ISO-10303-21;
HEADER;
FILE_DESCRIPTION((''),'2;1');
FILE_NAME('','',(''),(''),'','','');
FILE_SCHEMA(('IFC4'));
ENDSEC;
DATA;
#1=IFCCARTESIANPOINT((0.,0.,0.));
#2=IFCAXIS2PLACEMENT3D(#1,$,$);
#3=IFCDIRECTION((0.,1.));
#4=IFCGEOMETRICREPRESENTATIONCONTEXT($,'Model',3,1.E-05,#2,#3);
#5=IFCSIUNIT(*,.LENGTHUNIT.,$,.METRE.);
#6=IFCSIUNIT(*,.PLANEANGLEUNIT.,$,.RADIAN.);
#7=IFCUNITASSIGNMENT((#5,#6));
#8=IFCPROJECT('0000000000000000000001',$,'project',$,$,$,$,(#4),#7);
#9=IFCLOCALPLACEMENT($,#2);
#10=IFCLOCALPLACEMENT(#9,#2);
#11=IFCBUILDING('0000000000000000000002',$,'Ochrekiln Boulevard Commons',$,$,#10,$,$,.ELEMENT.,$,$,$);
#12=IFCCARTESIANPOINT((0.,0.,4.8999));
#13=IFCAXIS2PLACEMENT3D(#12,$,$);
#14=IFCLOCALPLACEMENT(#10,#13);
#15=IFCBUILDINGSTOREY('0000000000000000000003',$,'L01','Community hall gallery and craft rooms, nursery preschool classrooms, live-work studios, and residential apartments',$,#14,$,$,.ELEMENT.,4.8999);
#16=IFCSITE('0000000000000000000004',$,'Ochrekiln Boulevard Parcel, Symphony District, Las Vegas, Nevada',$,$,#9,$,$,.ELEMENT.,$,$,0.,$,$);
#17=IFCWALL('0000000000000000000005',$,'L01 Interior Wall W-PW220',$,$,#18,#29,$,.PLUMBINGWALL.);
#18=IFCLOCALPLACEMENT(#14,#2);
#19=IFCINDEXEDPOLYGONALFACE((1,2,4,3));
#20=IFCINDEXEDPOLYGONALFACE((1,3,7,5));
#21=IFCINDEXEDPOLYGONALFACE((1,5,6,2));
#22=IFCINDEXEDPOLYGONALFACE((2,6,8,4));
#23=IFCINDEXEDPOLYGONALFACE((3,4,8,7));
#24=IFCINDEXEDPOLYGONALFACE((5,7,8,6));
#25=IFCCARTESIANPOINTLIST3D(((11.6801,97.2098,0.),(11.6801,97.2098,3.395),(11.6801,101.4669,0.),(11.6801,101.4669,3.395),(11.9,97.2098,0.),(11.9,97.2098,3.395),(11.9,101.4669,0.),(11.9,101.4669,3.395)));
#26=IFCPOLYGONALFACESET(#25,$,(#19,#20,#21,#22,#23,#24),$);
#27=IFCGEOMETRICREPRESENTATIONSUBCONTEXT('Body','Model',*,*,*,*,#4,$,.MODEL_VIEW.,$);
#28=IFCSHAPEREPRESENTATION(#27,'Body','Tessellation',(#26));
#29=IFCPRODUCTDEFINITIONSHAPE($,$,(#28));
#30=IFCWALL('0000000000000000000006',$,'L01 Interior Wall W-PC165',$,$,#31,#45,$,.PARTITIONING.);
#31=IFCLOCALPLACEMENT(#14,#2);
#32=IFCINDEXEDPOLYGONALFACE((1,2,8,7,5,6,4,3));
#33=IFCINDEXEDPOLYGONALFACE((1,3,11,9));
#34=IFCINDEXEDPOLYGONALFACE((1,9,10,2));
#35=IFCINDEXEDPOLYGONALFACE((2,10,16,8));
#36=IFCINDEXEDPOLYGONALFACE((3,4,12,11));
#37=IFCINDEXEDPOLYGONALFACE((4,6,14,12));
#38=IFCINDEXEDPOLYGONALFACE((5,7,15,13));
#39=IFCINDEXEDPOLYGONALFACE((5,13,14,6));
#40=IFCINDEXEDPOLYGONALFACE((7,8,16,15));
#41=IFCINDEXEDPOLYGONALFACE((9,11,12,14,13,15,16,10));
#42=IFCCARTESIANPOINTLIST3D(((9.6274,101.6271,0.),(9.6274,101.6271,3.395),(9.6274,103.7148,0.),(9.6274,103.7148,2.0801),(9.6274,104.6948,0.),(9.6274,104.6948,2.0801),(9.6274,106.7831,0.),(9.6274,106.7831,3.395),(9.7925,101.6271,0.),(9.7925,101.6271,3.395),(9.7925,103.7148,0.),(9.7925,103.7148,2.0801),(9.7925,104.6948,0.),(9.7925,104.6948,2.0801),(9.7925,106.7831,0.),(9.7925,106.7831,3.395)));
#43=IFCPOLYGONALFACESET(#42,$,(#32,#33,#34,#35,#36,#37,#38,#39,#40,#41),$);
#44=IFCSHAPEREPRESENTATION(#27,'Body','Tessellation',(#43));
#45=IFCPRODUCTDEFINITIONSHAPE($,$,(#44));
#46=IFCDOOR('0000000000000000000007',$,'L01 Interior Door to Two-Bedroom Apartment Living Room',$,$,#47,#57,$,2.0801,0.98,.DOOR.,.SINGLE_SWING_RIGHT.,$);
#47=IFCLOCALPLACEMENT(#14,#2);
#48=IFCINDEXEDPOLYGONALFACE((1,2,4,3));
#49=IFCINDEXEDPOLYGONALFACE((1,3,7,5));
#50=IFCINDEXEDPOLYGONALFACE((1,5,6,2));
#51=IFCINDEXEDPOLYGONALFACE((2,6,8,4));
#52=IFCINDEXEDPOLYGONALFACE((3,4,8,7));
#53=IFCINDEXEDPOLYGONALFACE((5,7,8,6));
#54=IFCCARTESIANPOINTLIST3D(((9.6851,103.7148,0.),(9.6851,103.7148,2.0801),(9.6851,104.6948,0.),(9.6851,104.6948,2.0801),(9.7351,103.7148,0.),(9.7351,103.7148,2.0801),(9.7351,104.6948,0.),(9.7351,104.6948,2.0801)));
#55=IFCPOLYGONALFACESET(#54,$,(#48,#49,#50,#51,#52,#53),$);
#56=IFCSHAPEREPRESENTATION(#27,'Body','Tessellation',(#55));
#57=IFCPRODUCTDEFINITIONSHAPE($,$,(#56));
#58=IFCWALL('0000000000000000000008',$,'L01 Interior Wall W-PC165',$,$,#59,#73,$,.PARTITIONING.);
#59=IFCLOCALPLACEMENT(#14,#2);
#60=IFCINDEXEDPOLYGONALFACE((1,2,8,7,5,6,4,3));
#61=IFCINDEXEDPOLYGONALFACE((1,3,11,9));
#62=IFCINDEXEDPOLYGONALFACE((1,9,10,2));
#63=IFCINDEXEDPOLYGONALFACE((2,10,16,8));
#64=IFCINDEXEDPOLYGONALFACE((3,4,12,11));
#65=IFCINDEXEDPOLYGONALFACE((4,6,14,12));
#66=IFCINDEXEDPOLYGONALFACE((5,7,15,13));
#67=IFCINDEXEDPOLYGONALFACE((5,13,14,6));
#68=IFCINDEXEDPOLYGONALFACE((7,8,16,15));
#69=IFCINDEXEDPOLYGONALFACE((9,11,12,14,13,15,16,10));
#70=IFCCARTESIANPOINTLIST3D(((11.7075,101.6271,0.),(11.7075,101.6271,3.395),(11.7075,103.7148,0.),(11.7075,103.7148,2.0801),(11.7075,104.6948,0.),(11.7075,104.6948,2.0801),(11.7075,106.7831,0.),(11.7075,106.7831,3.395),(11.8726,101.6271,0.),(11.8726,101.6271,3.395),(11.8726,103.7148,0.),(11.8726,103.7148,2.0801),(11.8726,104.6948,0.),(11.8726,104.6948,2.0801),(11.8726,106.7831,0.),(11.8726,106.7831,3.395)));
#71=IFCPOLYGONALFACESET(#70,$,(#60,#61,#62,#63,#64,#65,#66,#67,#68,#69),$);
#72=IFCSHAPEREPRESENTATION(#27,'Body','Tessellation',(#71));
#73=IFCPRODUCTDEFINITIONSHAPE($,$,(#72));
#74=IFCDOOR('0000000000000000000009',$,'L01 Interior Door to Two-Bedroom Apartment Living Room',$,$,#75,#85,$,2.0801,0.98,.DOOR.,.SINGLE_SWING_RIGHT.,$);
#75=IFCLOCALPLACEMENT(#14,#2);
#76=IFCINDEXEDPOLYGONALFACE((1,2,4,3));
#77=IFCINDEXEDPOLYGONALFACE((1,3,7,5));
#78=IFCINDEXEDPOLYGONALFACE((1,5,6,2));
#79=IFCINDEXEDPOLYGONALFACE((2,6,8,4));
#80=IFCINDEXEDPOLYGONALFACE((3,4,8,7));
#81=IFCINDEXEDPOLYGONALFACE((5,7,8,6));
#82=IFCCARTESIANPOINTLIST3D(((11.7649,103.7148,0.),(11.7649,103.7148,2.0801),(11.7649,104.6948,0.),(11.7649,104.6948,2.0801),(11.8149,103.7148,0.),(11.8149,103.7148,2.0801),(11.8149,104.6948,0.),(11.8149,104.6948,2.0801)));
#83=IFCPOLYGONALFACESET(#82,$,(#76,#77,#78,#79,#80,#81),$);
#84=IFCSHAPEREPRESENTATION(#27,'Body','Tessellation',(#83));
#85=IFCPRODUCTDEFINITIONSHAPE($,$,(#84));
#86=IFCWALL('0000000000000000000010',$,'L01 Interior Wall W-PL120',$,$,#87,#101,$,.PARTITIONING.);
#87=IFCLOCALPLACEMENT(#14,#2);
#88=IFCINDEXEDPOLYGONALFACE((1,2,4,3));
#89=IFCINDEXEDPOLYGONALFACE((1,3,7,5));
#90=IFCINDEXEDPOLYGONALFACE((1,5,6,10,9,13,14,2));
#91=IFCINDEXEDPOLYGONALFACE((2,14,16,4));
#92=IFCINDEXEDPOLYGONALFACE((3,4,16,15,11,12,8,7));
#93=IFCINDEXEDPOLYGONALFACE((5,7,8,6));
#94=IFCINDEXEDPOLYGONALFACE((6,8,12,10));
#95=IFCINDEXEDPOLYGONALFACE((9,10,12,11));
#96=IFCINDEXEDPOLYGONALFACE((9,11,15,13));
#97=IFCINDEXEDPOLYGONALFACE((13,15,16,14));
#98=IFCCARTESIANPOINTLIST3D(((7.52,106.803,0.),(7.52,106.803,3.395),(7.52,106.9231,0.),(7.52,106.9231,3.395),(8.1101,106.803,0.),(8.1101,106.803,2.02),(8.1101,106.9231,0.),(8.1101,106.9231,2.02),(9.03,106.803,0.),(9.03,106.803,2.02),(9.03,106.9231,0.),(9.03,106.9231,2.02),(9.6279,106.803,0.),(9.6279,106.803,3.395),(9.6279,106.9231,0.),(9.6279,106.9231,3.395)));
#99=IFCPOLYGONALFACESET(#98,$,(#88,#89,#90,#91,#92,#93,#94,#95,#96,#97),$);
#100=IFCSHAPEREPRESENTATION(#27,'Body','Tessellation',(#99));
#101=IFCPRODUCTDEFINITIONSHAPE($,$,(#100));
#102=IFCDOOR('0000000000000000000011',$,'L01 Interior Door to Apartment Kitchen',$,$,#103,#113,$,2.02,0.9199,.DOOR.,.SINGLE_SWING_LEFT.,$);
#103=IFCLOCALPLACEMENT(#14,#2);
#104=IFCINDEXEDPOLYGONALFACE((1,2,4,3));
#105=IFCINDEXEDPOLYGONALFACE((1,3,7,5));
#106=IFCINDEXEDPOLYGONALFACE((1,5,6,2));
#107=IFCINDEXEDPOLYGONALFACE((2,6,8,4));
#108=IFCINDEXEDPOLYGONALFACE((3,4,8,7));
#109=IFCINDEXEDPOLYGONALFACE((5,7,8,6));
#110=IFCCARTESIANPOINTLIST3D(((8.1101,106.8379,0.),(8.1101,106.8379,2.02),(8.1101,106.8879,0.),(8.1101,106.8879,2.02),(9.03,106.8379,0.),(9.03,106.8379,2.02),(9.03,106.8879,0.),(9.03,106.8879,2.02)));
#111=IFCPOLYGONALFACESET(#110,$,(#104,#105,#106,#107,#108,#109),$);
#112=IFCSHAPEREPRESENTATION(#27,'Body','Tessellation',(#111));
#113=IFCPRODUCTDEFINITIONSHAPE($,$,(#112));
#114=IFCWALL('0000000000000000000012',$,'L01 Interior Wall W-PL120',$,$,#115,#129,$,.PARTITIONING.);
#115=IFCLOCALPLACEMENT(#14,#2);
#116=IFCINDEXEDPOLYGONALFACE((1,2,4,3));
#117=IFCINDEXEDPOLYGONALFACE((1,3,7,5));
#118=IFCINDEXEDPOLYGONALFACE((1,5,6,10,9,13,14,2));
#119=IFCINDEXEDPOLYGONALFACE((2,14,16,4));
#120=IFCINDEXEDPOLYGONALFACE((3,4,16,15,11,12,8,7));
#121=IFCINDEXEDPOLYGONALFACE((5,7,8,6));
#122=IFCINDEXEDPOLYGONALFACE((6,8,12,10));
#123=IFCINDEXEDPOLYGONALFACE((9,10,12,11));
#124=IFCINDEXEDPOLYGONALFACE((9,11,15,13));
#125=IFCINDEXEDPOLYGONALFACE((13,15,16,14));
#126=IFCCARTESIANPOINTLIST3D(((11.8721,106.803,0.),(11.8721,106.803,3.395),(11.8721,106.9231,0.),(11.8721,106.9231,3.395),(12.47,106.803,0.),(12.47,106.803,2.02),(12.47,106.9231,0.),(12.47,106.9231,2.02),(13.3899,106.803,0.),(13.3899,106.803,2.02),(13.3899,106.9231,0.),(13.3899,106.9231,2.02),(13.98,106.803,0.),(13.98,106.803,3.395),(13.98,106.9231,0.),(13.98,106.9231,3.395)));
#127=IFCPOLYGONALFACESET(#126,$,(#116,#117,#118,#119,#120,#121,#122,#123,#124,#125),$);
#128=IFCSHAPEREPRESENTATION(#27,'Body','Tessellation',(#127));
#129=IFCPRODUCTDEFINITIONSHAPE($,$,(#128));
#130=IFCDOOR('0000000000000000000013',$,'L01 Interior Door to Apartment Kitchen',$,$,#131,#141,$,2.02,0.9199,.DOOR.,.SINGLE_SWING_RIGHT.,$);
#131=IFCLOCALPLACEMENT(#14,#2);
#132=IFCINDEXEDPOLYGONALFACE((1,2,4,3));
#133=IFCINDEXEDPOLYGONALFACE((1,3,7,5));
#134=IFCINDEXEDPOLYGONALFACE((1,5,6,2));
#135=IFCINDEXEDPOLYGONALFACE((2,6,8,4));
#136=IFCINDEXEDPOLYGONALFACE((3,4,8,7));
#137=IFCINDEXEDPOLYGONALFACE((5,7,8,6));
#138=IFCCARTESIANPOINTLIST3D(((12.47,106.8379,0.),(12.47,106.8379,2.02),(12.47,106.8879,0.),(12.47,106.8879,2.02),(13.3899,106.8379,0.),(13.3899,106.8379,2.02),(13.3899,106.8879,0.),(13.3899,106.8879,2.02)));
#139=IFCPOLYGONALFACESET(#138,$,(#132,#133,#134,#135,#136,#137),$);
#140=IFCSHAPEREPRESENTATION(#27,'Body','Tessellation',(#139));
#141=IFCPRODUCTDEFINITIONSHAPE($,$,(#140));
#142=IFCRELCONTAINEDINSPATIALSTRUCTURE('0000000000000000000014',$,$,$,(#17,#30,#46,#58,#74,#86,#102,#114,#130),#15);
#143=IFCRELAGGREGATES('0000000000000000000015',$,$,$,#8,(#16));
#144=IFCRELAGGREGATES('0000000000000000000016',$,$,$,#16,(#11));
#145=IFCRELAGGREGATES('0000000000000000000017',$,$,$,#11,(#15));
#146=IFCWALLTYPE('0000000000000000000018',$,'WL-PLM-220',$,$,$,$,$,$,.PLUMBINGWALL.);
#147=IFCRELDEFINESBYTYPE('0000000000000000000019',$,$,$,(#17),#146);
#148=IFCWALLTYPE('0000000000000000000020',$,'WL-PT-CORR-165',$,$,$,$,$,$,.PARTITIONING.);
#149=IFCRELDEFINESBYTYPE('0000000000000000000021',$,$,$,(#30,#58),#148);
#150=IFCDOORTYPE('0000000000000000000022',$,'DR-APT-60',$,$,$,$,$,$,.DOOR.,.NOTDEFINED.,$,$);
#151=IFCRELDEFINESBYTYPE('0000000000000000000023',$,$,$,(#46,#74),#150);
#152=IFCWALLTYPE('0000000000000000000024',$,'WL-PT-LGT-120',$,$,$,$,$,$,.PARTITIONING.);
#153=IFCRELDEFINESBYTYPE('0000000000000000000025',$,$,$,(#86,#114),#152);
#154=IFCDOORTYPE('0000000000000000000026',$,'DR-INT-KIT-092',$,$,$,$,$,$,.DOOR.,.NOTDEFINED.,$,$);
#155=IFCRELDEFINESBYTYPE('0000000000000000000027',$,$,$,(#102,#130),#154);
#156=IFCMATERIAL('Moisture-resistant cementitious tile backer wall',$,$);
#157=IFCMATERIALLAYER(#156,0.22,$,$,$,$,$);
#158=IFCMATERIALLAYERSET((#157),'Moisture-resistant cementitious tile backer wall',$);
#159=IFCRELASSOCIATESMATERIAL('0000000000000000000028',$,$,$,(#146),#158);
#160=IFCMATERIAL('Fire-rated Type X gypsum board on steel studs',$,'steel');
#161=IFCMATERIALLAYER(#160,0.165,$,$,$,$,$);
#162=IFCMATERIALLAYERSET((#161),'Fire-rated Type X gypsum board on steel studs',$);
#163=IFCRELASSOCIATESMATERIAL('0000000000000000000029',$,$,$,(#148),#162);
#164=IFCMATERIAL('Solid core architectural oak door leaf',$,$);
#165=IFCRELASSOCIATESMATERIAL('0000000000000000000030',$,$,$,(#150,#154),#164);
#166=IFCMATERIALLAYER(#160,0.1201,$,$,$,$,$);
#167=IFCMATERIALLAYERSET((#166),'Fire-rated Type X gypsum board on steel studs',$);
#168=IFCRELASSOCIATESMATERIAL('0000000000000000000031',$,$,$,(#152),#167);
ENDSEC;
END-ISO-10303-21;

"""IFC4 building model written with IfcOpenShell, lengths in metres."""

from ifc_helpers import new_model, si_unit, direction, frame, frame_2d, origin, place, context, subcontext, project, spatial, rectangle, extrude, material, layer, layer_set, type_object, element, fill, save


model = new_model("IFC4")

# Units and contexts
model_context = context("Model", 3, precision=1e-05, world=origin(), true_north=direction((0.0, 1.0)))
body_context = subcontext(model_context, "Body", "Model", "MODEL_VIEW")
ifc_project = project(units=[si_unit("LENGTHUNIT", "METRE"), si_unit("PLANEANGLEUNIT", "RADIAN")], contexts=[model_context])

# Site, building, storey
site_placement = place(None, origin())
site = spatial("IfcSite", under=ifc_project, at=site_placement, Name="Ochrekiln Boulevard Parcel, Symphony District, Las Vegas, Nevada", CompositionType="ELEMENT", RefElevation=0.0)
building_placement = place(site_placement, origin())
building = spatial("IfcBuilding", under=site, at=building_placement, Name="Ochrekiln Boulevard Commons", CompositionType="ELEMENT")
storey_placement = place(building_placement, frame((0.0, 0.0, 4.8999)))
storey = spatial("IfcBuildingStorey", under=building, at=storey_placement, Name="L01", Description="Community hall gallery and craft rooms, nursery preschool classrooms, live-work studios, and residential apartments", CompositionType="ELEMENT", Elevation=4.8999)

# Shared definitions
ifc_material_1 = material(Name="Moisture-resistant cementitious tile backer wall")
ifc_material_2 = material(Name="Solid core architectural oak door leaf")

# Wall
ifc_layer_1 = layer(ifc_material_1, 0.22)
ifc_layer_set_1 = layer_set([ifc_layer_1], Name="Moisture-resistant cementitious tile backer wall")
wall_type_1 = type_object("IfcWallType", Name="WL-PLM-220", PredefinedType="PLUMBINGWALL", material=ifc_layer_set_1)
wall_1_placement = place(storey_placement, frame((11.79, 97.21, 0.0), z_axis=(0.0, 0.0, 1.0), x_axis=(0.0, 1.0, 0.0)))
element("IfcWall", 1, at=wall_1_placement, inside=storey, type_object=wall_type_1, Name="L01 Interior Wall W-PW220", PredefinedType="PLUMBINGWALL", context=body_context, shape_type="SweptSolid", body=[
    extrude(rectangle(XDim=4.2571, YDim=0.22, at=frame_2d((2.1284, 0.0))), origin(), (0.0, 0.0, 1.0), 3.395),
])

# Walls, openings, doors
ifc_material_3 = material(Name="Fire-rated Type X gypsum board on steel studs", Category="steel")
ifc_layer_2 = layer(ifc_material_3, 0.165)
ifc_layer_set_2 = layer_set([ifc_layer_2], Name="Fire-rated Type X gypsum board on steel studs")
wall_type_2 = type_object("IfcWallType", Name="WL-PT-CORR-165", PredefinedType="PARTITIONING", material=ifc_layer_set_2)
wall_2_placement = place(storey_placement, frame((9.71, 101.627, 0.0), z_axis=(0.0, 0.0, 1.0), x_axis=(0.0, 1.0, 0.0)))
wall_2 = element("IfcWall", 2, at=wall_2_placement, inside=storey, type_object=wall_type_2, Name="L01 Interior Wall W-PC165", PredefinedType="PARTITIONING", context=body_context, shape_type="SweptSolid", body=[
    extrude(rectangle(XDim=5.156, YDim=0.165, at=frame_2d((2.5781, 0.0))), origin(), (0.0, 0.0, 1.0), 3.395),
])
opening_1_placement = place(wall_2_placement, frame((2.0879, 0.0, 0.0)))
opening_1 = element("IfcOpeningElement", 3, at=opening_1_placement, cuts=wall_2, PredefinedType="OPENING", context=body_context, shape_type="SweptSolid", body=[
    extrude(rectangle(XDim=0.98, YDim=2.0801, at=frame_2d((0.49, 1.04))), frame((0.0, 0.0925, 0.0), z_axis=(0.0, -1.0, 0.0), x_axis=(1.0, 0.0, 0.0)), (0.0, 0.0, 1.0), 0.1851),
])
door_type_1 = type_object("IfcDoorType", Name="DR-APT-60", OperationType="NOTDEFINED", PredefinedType="DOOR", material=ifc_material_2)
door_1_placement = place(opening_1_placement, origin())
door_1 = element("IfcDoor", 4, at=door_1_placement, inside=storey, type_object=door_type_1, Name="L01 Interior Door to Two-Bedroom Apartment Living Room", OperationType="SINGLE_SWING_RIGHT", OverallHeight=2.0801, OverallWidth=0.98, PredefinedType="DOOR", context=body_context, shape_type="SweptSolid", body=[
    extrude(rectangle(XDim=0.98, YDim=2.0801, at=frame_2d((0.49, 1.04))), frame((0.0, 0.0249, 0.0), z_axis=(0.0, -1.0, 0.0), x_axis=(1.0, 0.0, 0.0)), (0.0, 0.0, 1.0), 0.05),
])
fill(opening_1, door_1)
wall_3_placement = place(storey_placement, frame((11.79, 101.627, 0.0), z_axis=(0.0, 0.0, 1.0), x_axis=(0.0, 1.0, 0.0)))
wall_3 = element("IfcWall", 5, at=wall_3_placement, inside=storey, type_object=wall_type_2, Name="L01 Interior Wall W-PC165", PredefinedType="PARTITIONING", context=body_context, shape_type="SweptSolid", body=[
    extrude(rectangle(XDim=5.156, YDim=0.165, at=frame_2d((2.5781, 0.0))), origin(), (0.0, 0.0, 1.0), 3.395),
])
opening_2_placement = place(wall_3_placement, frame((2.0879, 0.0, 0.0)))
opening_2 = element("IfcOpeningElement", 6, at=opening_2_placement, cuts=wall_3, PredefinedType="OPENING", context=body_context, shape_type="SweptSolid", body=[
    extrude(rectangle(XDim=0.98, YDim=2.0801, at=frame_2d((0.49, 1.04))), frame((0.0, 0.0925, 0.0), z_axis=(0.0, -1.0, 0.0), x_axis=(1.0, 0.0, 0.0)), (0.0, 0.0, 1.0), 0.1851),
])
door_2_placement = place(opening_2_placement, frame((0.98, 0.0, 0.0), z_axis=(0.0, 0.0, 1.0), x_axis=(-1.0, 0.0, 0.0)))
door_2 = element("IfcDoor", 7, at=door_2_placement, inside=storey, type_object=door_type_1, Name="L01 Interior Door to Two-Bedroom Apartment Living Room", OperationType="SINGLE_SWING_RIGHT", OverallHeight=2.0801, OverallWidth=0.98, PredefinedType="DOOR", context=body_context, shape_type="SweptSolid", body=[
    extrude(rectangle(XDim=0.98, YDim=2.0801, at=frame_2d((0.49, 1.04))), frame((0.0, 0.0249, 0.0), z_axis=(0.0, -1.0, 0.0), x_axis=(1.0, 0.0, 0.0)), (0.0, 0.0, 1.0), 0.05),
])
fill(opening_2, door_2)
ifc_layer_3 = layer(ifc_material_3, 0.1201)
ifc_layer_set_3 = layer_set([ifc_layer_3], Name="Fire-rated Type X gypsum board on steel studs")
wall_type_3 = type_object("IfcWallType", Name="WL-PT-LGT-120", PredefinedType="PARTITIONING", material=ifc_layer_set_3)
wall_4_placement = place(storey_placement, frame((7.52, 106.863, 0.0), z_axis=(0.0, 0.0, 1.0), x_axis=(1.0, 0.0, 0.0)))
wall_4 = element("IfcWall", 8, at=wall_4_placement, inside=storey, type_object=wall_type_3, Name="L01 Interior Wall W-PL120", PredefinedType="PARTITIONING", context=body_context, shape_type="SweptSolid", body=[
    extrude(rectangle(XDim=2.1079, YDim=0.1201, at=frame_2d((1.054, 0.0))), origin(), (0.0, 0.0, 1.0), 3.395),
])
opening_3_placement = place(wall_4_placement, frame((0.5901, 0.0, 0.0)))
opening_3 = element("IfcOpeningElement", 9, at=opening_3_placement, cuts=wall_4, PredefinedType="OPENING", context=body_context, shape_type="SweptSolid", body=[
    extrude(rectangle(XDim=0.9199, YDim=2.02, at=frame_2d((0.46, 1.01))), frame((0.0, 0.0701, 0.0), z_axis=(0.0, -1.0, 0.0), x_axis=(1.0, 0.0, 0.0)), (0.0, 0.0, 1.0), 0.1401),
])
door_type_2 = type_object("IfcDoorType", Name="DR-INT-KIT-092", OperationType="NOTDEFINED", PredefinedType="DOOR", material=ifc_material_2)
door_3_placement = place(opening_3_placement, origin())
door_3 = element("IfcDoor", 10, at=door_3_placement, inside=storey, type_object=door_type_2, Name="L01 Interior Door to Apartment Kitchen", OperationType="SINGLE_SWING_LEFT", OverallHeight=2.02, OverallWidth=0.9199, PredefinedType="DOOR", context=body_context, shape_type="SweptSolid", body=[
    extrude(rectangle(XDim=0.9199, YDim=2.02, at=frame_2d((0.46, 1.01))), frame((0.0, 0.0249, 0.0), z_axis=(0.0, -1.0, 0.0), x_axis=(1.0, 0.0, 0.0)), (0.0, 0.0, 1.0), 0.05),
])
fill(opening_3, door_3)
wall_5_placement = place(storey_placement, frame((11.8721, 106.863, 0.0), z_axis=(0.0, 0.0, 1.0), x_axis=(1.0, 0.0, 0.0)))
wall_5 = element("IfcWall", 11, at=wall_5_placement, inside=storey, type_object=wall_type_3, Name="L01 Interior Wall W-PL120", PredefinedType="PARTITIONING", context=body_context, shape_type="SweptSolid", body=[
    extrude(rectangle(XDim=2.1079, YDim=0.1201, at=frame_2d((1.054, 0.0))), origin(), (0.0, 0.0, 1.0), 3.395),
])
opening_4_placement = place(wall_5_placement, frame((0.5979, 0.0, 0.0)))
opening_4 = element("IfcOpeningElement", 12, at=opening_4_placement, cuts=wall_5, PredefinedType="OPENING", context=body_context, shape_type="SweptSolid", body=[
    extrude(rectangle(XDim=0.9199, YDim=2.02, at=frame_2d((0.46, 1.01))), frame((0.0, 0.0701, 0.0), z_axis=(0.0, -1.0, 0.0), x_axis=(1.0, 0.0, 0.0)), (0.0, 0.0, 1.0), 0.1401),
])
door_4_placement = place(opening_4_placement, origin())
door_4 = element("IfcDoor", 13, at=door_4_placement, inside=storey, type_object=door_type_2, Name="L01 Interior Door to Apartment Kitchen", OperationType="SINGLE_SWING_RIGHT", OverallHeight=2.02, OverallWidth=0.9199, PredefinedType="DOOR", context=body_context, shape_type="SweptSolid", body=[
    extrude(rectangle(XDim=0.9199, YDim=2.02, at=frame_2d((0.46, 1.01))), frame((0.0, 0.0249, 0.0), z_axis=(0.0, -1.0, 0.0), x_axis=(1.0, 0.0, 0.0)), (0.0, 0.0, 1.0), 0.05),
])
fill(opening_4, door_4)

save(model, "model.ifc")
